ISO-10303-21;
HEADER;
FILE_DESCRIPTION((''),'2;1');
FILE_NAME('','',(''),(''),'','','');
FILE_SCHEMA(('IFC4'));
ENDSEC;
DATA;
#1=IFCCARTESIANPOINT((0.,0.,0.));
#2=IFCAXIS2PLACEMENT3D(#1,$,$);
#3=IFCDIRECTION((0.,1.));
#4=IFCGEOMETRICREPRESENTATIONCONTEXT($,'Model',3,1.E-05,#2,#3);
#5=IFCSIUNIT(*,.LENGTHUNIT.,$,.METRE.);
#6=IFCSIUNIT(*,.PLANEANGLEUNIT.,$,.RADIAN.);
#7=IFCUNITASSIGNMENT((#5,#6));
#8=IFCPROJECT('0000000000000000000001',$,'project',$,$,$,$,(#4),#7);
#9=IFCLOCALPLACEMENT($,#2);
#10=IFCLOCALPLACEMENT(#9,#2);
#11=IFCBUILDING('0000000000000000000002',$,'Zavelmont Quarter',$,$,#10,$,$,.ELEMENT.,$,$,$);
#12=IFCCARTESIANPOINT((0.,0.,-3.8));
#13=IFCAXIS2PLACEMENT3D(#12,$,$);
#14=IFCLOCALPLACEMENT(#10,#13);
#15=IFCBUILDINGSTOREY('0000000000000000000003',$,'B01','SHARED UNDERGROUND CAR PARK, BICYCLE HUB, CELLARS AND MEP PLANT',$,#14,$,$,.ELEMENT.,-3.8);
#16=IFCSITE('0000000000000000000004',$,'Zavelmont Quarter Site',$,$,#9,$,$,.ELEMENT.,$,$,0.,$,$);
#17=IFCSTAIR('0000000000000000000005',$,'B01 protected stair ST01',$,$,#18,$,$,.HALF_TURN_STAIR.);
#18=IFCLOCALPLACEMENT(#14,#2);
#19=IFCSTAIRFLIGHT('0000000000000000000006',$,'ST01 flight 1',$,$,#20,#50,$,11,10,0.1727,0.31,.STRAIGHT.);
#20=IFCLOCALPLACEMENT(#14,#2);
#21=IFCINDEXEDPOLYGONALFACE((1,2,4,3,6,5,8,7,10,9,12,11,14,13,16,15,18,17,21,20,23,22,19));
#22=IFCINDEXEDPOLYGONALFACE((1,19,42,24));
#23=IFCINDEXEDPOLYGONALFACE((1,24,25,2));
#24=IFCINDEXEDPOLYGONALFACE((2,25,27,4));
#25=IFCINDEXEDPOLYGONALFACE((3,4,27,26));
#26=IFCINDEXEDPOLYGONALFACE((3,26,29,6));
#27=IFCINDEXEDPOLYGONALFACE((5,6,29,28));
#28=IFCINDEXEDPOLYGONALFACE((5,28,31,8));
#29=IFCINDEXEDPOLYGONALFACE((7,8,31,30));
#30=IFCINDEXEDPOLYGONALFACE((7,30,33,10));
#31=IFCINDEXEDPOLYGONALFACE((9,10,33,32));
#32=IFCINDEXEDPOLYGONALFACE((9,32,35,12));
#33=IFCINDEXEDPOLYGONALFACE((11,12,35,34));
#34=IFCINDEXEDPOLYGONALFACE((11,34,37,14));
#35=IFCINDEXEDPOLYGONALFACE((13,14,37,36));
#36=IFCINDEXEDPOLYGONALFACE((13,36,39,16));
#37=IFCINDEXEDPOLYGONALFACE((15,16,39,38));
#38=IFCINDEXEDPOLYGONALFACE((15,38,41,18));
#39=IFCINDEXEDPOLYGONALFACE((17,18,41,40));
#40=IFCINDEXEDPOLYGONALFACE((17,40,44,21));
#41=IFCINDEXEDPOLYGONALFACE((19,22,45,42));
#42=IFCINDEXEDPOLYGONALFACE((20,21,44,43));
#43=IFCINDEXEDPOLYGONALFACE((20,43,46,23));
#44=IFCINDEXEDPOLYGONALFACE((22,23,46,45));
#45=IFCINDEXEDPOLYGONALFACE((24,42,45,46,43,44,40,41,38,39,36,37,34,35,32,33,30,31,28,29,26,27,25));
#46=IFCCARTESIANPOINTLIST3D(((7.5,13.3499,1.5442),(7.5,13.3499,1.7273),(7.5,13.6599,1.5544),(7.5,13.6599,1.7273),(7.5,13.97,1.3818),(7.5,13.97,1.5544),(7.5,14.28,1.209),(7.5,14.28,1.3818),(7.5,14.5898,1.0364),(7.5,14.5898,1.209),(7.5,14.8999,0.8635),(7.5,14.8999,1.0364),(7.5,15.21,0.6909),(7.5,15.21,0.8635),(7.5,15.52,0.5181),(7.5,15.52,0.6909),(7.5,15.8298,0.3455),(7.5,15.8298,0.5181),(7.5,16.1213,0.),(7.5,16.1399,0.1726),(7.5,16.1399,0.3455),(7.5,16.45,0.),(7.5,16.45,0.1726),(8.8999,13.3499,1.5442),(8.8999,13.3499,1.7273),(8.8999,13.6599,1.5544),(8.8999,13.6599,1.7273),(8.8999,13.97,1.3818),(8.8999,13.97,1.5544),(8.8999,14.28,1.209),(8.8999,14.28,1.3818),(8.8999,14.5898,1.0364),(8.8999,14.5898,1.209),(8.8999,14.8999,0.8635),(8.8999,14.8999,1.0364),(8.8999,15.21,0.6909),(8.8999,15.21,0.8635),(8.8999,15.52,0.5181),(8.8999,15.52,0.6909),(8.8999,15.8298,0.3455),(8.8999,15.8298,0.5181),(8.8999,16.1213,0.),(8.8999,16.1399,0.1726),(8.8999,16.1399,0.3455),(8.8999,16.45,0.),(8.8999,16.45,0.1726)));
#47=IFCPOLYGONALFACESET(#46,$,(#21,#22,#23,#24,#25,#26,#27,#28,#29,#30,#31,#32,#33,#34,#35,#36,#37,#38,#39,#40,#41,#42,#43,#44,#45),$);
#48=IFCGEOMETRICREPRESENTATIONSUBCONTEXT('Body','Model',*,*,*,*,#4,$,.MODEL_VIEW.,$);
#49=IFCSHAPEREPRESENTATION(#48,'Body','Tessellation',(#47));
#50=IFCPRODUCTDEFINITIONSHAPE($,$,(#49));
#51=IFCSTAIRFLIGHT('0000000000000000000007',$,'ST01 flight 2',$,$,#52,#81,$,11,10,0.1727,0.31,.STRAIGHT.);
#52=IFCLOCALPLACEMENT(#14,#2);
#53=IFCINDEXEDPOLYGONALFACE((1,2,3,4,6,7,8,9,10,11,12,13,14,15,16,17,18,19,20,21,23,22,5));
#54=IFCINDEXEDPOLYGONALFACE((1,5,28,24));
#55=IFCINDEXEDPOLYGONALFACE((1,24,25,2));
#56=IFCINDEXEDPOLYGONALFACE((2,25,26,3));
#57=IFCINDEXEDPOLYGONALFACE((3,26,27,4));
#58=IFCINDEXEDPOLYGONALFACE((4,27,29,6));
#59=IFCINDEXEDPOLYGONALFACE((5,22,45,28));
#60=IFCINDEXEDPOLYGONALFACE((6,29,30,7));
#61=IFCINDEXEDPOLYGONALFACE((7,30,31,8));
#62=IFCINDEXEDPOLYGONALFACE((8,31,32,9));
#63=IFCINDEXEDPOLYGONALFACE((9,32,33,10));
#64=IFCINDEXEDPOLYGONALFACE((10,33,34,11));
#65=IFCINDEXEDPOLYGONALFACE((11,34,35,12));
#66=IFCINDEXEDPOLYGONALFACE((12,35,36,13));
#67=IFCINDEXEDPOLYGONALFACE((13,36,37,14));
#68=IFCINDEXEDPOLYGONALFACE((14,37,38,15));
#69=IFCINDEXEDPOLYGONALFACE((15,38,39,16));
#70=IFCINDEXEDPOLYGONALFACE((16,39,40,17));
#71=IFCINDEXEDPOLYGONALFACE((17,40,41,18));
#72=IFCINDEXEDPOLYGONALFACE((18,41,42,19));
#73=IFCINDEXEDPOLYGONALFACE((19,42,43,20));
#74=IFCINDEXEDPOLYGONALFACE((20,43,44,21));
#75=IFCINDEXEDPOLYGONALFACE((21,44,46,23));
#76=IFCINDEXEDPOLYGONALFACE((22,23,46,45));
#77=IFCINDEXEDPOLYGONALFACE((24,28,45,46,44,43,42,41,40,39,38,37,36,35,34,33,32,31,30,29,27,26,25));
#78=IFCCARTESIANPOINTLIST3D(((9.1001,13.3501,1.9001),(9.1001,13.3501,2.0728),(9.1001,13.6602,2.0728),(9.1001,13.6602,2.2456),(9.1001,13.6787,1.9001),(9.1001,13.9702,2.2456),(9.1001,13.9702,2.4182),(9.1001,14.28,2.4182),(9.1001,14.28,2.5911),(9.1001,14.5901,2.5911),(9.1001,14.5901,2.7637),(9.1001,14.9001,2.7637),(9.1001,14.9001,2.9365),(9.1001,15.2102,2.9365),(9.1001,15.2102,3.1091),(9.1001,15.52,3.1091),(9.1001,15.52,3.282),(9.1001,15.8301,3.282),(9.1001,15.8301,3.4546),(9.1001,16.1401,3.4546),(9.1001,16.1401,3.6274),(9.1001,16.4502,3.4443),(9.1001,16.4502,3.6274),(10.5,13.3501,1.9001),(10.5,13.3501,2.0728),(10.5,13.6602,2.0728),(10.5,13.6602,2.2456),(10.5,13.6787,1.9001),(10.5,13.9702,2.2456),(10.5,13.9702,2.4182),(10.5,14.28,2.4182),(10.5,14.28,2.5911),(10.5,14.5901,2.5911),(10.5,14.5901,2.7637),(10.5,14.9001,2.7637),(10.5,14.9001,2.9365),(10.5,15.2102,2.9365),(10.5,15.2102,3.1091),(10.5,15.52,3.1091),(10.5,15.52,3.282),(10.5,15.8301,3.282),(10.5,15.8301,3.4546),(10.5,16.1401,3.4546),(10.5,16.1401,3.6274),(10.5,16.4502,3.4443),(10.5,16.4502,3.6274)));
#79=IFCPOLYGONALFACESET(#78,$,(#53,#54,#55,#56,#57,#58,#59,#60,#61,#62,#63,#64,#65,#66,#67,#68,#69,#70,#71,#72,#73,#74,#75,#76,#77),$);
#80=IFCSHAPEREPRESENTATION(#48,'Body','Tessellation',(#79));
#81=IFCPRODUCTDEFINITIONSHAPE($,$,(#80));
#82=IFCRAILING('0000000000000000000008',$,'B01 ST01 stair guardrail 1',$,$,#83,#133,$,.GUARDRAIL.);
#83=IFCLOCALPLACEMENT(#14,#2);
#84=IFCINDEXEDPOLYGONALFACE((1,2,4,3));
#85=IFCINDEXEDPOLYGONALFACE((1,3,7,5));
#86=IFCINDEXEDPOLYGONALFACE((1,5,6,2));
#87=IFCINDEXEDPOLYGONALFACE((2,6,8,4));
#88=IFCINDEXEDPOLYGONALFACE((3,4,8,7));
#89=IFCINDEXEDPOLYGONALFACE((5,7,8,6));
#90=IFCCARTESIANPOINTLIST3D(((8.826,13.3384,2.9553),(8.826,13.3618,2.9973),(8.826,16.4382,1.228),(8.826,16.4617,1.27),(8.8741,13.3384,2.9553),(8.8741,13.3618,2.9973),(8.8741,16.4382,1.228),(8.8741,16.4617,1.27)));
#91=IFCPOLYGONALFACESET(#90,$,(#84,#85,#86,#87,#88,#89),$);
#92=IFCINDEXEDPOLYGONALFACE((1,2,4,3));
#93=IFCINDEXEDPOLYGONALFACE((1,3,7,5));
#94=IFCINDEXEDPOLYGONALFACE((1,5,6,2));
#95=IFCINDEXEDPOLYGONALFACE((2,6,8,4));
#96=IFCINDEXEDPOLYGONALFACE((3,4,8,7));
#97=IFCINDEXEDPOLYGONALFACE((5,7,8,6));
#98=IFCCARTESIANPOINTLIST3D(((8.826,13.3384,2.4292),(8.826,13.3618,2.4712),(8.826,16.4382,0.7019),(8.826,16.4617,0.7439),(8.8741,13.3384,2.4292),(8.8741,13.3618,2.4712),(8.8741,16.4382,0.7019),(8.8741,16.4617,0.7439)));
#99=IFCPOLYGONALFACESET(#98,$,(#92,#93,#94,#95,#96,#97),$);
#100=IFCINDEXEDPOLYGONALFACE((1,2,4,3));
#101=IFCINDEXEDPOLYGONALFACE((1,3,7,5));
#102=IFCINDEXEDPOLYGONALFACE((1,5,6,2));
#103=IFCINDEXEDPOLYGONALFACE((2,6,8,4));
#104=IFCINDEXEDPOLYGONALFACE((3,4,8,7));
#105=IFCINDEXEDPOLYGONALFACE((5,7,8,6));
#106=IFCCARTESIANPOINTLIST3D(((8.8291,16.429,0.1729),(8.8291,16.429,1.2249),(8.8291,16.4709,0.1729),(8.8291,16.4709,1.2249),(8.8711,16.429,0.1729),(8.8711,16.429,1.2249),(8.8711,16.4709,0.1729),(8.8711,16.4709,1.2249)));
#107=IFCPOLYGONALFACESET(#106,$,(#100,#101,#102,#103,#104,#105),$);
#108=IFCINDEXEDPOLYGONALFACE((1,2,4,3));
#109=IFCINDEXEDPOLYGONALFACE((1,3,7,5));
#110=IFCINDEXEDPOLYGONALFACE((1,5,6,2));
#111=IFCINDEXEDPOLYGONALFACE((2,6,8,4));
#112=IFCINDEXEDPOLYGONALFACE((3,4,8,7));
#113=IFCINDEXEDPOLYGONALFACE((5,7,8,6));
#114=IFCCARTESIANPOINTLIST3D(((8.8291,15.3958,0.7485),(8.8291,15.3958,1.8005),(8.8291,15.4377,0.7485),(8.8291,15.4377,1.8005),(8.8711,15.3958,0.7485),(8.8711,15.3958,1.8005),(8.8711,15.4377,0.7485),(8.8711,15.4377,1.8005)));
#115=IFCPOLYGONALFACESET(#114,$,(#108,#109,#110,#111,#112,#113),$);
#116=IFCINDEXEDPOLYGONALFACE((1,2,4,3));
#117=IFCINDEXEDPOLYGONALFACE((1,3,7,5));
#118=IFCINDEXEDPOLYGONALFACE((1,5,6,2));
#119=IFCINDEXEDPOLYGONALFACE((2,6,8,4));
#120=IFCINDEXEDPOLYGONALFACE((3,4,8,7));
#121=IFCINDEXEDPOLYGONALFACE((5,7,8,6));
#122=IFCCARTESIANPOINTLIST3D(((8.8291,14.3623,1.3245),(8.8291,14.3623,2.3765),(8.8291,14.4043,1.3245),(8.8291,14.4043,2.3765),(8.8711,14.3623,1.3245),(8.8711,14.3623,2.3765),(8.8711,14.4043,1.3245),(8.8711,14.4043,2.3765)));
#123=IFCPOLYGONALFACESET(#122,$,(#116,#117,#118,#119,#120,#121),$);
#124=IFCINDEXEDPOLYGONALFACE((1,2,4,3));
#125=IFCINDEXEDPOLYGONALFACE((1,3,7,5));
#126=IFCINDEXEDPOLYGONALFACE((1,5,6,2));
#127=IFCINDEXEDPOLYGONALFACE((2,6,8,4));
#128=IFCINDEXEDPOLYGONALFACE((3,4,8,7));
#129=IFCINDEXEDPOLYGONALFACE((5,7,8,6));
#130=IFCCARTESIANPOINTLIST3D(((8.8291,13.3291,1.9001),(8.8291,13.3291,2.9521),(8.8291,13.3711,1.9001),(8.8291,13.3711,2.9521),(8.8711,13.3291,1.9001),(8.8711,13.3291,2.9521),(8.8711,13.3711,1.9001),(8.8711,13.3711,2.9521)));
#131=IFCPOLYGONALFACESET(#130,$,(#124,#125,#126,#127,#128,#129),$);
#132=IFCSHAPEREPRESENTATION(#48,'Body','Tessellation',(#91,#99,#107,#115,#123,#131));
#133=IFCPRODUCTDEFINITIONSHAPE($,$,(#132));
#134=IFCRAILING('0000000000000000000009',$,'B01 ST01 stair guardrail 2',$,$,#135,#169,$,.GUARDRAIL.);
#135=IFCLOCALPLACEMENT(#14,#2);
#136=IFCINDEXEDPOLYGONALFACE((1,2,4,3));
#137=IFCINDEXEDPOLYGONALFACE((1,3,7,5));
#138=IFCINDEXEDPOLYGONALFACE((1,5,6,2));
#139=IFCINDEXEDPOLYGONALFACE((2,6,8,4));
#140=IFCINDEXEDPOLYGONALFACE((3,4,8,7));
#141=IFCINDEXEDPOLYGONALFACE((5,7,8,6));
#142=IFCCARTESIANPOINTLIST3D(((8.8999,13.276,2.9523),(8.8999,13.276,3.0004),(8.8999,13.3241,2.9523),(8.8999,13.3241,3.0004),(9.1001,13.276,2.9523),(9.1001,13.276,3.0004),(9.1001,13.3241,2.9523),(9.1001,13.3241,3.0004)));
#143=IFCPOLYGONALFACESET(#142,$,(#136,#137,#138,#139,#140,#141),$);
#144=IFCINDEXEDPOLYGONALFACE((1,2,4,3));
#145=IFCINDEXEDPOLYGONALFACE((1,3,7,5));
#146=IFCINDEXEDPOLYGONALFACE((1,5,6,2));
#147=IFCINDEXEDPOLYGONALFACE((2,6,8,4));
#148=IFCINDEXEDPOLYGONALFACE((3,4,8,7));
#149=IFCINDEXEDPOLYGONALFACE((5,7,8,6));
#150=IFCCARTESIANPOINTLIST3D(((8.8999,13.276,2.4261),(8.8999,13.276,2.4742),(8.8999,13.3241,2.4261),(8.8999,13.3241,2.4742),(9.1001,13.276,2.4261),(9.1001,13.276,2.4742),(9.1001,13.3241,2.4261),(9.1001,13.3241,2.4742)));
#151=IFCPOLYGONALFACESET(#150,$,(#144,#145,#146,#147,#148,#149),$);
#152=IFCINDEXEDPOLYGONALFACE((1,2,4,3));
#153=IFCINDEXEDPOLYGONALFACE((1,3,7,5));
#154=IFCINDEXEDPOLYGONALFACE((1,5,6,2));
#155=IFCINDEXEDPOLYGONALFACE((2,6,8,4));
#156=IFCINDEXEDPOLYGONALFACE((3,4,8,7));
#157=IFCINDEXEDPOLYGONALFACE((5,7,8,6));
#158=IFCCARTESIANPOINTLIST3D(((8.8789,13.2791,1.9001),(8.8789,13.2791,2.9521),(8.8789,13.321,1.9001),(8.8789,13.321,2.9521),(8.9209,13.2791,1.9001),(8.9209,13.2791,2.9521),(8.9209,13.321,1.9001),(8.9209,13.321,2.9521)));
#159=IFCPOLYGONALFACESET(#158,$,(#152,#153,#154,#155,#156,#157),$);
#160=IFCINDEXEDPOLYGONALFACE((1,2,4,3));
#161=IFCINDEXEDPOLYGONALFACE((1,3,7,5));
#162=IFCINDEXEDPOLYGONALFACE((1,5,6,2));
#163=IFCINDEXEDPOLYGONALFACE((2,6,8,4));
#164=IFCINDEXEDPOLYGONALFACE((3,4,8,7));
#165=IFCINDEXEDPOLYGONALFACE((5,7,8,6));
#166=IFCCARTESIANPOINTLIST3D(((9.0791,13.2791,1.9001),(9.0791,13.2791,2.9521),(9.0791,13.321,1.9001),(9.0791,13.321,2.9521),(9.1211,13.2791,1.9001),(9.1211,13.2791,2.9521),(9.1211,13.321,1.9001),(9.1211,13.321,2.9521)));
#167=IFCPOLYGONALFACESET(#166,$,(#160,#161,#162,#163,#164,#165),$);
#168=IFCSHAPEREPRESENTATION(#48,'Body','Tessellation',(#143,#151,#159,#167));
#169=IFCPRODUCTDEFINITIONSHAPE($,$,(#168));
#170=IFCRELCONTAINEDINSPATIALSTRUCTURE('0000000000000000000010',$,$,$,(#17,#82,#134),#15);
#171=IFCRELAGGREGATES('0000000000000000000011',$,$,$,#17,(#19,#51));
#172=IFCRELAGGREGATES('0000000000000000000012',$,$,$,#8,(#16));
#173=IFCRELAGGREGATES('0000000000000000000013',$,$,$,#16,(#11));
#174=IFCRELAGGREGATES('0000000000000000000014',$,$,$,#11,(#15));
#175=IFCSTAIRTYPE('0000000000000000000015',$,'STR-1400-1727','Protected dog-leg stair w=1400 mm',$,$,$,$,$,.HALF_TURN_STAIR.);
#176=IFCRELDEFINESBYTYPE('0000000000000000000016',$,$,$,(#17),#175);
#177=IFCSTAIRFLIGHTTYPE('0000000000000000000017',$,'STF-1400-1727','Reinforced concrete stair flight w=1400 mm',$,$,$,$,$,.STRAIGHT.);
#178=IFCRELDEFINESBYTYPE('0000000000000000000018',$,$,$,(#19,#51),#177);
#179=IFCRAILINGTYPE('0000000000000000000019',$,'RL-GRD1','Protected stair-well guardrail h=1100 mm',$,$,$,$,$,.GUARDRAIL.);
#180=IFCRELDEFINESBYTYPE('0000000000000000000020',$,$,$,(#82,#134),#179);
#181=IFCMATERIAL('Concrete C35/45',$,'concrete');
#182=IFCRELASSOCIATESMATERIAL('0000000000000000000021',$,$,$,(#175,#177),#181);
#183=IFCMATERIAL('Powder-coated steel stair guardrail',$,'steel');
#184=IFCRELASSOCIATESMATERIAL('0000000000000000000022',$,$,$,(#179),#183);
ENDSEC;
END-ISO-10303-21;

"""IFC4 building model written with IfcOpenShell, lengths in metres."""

from ifc_helpers import new_model, si_unit, direction, frame, origin, origin_2d, place, context, subcontext, project, spatial, polyline, rectangle, outline, extrude, material, type_object, element, aggregate, save


model = new_model("IFC4")

# Units and contexts
model_context = context("Model", 3, precision=1e-05, world=origin(), true_north=direction((0.0, 1.0)))
body_context = subcontext(model_context, "Body", "Model", "MODEL_VIEW")
ifc_project = project(units=[si_unit("LENGTHUNIT", "METRE"), si_unit("PLANEANGLEUNIT", "RADIAN")], contexts=[model_context])

# Site, building, storey
site_placement = place(None, origin())
site = spatial("IfcSite", under=ifc_project, at=site_placement, Name="Zavelmont Quarter Site", CompositionType="ELEMENT", RefElevation=0.0)
building_placement = place(site_placement, origin())
building = spatial("IfcBuilding", under=site, at=building_placement, Name="Zavelmont Quarter", CompositionType="ELEMENT")
storey_placement = place(building_placement, frame((0.0, 0.0, -3.8)))
storey = spatial("IfcBuildingStorey", under=building, at=storey_placement, Name="B01", Description="SHARED UNDERGROUND CAR PARK, BICYCLE HUB, CELLARS AND MEP PLANT", CompositionType="ELEMENT", Elevation=-3.8)

# Shared definitions
ifc_material_1 = material(Name="Concrete C35/45", Category="concrete")

# Stair, stair flights
stair_type_1 = type_object("IfcStairType", Name="STR-1400-1727", Description="Protected dog-leg stair w=1400 mm", PredefinedType="HALF_TURN_STAIR", material=ifc_material_1)
stair_1_placement = place(storey_placement, origin())
stair_1 = element("IfcStair", 1, at=stair_1_placement, inside=storey, type_object=stair_type_1, Name="B01 protected stair ST01", PredefinedType="HALF_TURN_STAIR")
stair_flight_type_1 = type_object("IfcStairFlightType", Name="STF-1400-1727", Description="Reinforced concrete stair flight w=1400 mm", PredefinedType="STRAIGHT", material=ifc_material_1)
stair_flight_1_placement = place(storey_placement, frame((8.2, 16.45, 0.0), z_axis=(0.0, 0.0, 1.0), x_axis=(0.0, -1.0, 0.0)))
stair_flight_1 = element("IfcStairFlight", 2, at=stair_flight_1_placement, type_object=stair_flight_type_1, Name="ST01 flight 1", NumberOfRisers=11, NumberOfTreads=10, PredefinedType="STRAIGHT", RiserHeight=0.1727, TreadLength=0.31, context=body_context, shape_type="SweptSolid", body=[
    extrude(outline(polyline([(0.0, 0.0), (0.0, 0.1726), (0.3101, 0.1726), (0.3101, 0.3455), (0.6201, 0.3455), (0.6201, 0.5181), (0.9299, 0.5181), (0.9299, 0.6909), (1.24, 0.6909), (1.24, 0.8635), (1.55, 0.8635), (1.55, 1.0364), (1.8601, 1.0364), (1.8601, 1.209), (2.1699, 1.209), (2.1699, 1.3818), (2.48, 1.3818), (2.48, 1.5544), (2.79, 1.5544), (2.79, 1.7273), (3.1001, 1.7273), (3.1001, 1.8999), (3.1001, 1.5442), (0.3286, 0.0), (0.0, 0.0)])), frame((0.0, 0.7, 0.0), z_axis=(0.0, -1.0, 0.0), x_axis=(1.0, 0.0, 0.0)), (0.0, 0.0, 1.0), 1.3999),
])
stair_flight_2_placement = place(storey_placement, frame((9.8, 13.3501, 1.9001), z_axis=(0.0, 0.0, 1.0), x_axis=(0.0, 1.0, 0.0)))
stair_flight_2 = element("IfcStairFlight", 3, at=stair_flight_2_placement, type_object=stair_flight_type_1, Name="ST01 flight 2", NumberOfRisers=11, NumberOfTreads=10, PredefinedType="STRAIGHT", RiserHeight=0.1727, TreadLength=0.31, context=body_context, shape_type="SweptSolid", body=[
    extrude(outline(polyline([(0.0, 0.0), (0.0, 0.1726), (0.3101, 0.1726), (0.3101, 0.3455), (0.6201, 0.3455), (0.6201, 0.5181), (0.9299, 0.5181), (0.9299, 0.6909), (1.24, 0.6909), (1.24, 0.8635), (1.55, 0.8635), (1.55, 1.0364), (1.8601, 1.0364), (1.8601, 1.209), (2.1699, 1.209), (2.1699, 1.3818), (2.48, 1.3818), (2.48, 1.5544), (2.79, 1.5544), (2.79, 1.7273), (3.1001, 1.7273), (3.1001, 1.8999), (3.1001, 1.5442), (0.3286, 0.0), (0.0, 0.0)])), frame((0.0, 0.7, 0.0), z_axis=(0.0, -1.0, 0.0), x_axis=(1.0, 0.0, 0.0)), (0.0, 0.0, 1.0), 1.3999),
])
aggregate(stair_1, [stair_flight_1, stair_flight_2])

# Railings
ifc_material_2 = material(Name="Powder-coated steel stair guardrail", Category="steel")
railing_type_1 = type_object("IfcRailingType", Name="RL-GRD1", Description="Protected stair-well guardrail h=1100 mm", PredefinedType="GUARDRAIL", material=ifc_material_2)
railing_1_placement = place(storey_placement, frame((8.8501, 16.45, 0.1729)))
element("IfcRailing", 4, at=railing_1_placement, inside=storey, type_object=railing_type_1, Name="B01 ST01 stair guardrail 1", PredefinedType="GUARDRAIL", context=body_context, shape_type="SweptSolid", body=[
    extrude(rectangle(XDim=0.0481, YDim=0.0481, at=origin_2d()), frame((0.0, 0.0, 1.0762), z_axis=(0.0, -0.87354, 0.486752), x_axis=(1.0, 0.0, 0.0)), (0.0, 0.0, 1.0), 3.5486),
    extrude(rectangle(XDim=0.0481, YDim=0.0481, at=origin_2d()), frame((0.0, 0.0, 0.55), z_axis=(0.0, -0.87354, 0.486752), x_axis=(1.0, 0.0, 0.0)), (0.0, 0.0, 1.0), 3.5486),
    extrude(rectangle(XDim=0.042, YDim=0.042, at=origin_2d()), origin(), (0.0, 0.0, 1.0), 1.052),
    extrude(rectangle(XDim=0.042, YDim=0.042, at=origin_2d()), frame((0.0, -1.0332, 0.5757)), (0.0, 0.0, 1.0), 1.052),
    extrude(rectangle(XDim=0.042, YDim=0.042, at=origin_2d()), frame((0.0, -2.0667, 1.1516)), (0.0, 0.0, 1.0), 1.052),
    extrude(rectangle(XDim=0.042, YDim=0.042, at=origin_2d()), frame((0.0, -3.0999, 1.7273)), (0.0, 0.0, 1.0), 1.052),
])
railing_2_placement = place(storey_placement, frame((8.8999, 13.3, 1.9001)))
element("IfcRailing", 5, at=railing_2_placement, inside=storey, type_object=railing_type_1, Name="B01 ST01 stair guardrail 2", PredefinedType="GUARDRAIL", context=body_context, shape_type="SweptSolid", body=[
    extrude(rectangle(XDim=0.0481, YDim=0.0481, at=origin_2d()), frame((0.0, 0.0, 1.0762), z_axis=(1.0, 0.0, 0.0), x_axis=(0.0, 1.0, 0.0)), (0.0, 0.0, 1.0), 0.2002),
    extrude(rectangle(XDim=0.0481, YDim=0.0481, at=origin_2d()), frame((0.0, 0.0, 0.55), z_axis=(1.0, 0.0, 0.0), x_axis=(0.0, 1.0, 0.0)), (0.0, 0.0, 1.0), 0.2002),
    extrude(rectangle(XDim=0.042, YDim=0.042, at=origin_2d()), origin(), (0.0, 0.0, 1.0), 1.052),
    extrude(rectangle(XDim=0.042, YDim=0.042, at=origin_2d()), frame((0.2002, 0.0, 0.0)), (0.0, 0.0, 1.0), 1.052),
])

save(model, "model.ifc")
